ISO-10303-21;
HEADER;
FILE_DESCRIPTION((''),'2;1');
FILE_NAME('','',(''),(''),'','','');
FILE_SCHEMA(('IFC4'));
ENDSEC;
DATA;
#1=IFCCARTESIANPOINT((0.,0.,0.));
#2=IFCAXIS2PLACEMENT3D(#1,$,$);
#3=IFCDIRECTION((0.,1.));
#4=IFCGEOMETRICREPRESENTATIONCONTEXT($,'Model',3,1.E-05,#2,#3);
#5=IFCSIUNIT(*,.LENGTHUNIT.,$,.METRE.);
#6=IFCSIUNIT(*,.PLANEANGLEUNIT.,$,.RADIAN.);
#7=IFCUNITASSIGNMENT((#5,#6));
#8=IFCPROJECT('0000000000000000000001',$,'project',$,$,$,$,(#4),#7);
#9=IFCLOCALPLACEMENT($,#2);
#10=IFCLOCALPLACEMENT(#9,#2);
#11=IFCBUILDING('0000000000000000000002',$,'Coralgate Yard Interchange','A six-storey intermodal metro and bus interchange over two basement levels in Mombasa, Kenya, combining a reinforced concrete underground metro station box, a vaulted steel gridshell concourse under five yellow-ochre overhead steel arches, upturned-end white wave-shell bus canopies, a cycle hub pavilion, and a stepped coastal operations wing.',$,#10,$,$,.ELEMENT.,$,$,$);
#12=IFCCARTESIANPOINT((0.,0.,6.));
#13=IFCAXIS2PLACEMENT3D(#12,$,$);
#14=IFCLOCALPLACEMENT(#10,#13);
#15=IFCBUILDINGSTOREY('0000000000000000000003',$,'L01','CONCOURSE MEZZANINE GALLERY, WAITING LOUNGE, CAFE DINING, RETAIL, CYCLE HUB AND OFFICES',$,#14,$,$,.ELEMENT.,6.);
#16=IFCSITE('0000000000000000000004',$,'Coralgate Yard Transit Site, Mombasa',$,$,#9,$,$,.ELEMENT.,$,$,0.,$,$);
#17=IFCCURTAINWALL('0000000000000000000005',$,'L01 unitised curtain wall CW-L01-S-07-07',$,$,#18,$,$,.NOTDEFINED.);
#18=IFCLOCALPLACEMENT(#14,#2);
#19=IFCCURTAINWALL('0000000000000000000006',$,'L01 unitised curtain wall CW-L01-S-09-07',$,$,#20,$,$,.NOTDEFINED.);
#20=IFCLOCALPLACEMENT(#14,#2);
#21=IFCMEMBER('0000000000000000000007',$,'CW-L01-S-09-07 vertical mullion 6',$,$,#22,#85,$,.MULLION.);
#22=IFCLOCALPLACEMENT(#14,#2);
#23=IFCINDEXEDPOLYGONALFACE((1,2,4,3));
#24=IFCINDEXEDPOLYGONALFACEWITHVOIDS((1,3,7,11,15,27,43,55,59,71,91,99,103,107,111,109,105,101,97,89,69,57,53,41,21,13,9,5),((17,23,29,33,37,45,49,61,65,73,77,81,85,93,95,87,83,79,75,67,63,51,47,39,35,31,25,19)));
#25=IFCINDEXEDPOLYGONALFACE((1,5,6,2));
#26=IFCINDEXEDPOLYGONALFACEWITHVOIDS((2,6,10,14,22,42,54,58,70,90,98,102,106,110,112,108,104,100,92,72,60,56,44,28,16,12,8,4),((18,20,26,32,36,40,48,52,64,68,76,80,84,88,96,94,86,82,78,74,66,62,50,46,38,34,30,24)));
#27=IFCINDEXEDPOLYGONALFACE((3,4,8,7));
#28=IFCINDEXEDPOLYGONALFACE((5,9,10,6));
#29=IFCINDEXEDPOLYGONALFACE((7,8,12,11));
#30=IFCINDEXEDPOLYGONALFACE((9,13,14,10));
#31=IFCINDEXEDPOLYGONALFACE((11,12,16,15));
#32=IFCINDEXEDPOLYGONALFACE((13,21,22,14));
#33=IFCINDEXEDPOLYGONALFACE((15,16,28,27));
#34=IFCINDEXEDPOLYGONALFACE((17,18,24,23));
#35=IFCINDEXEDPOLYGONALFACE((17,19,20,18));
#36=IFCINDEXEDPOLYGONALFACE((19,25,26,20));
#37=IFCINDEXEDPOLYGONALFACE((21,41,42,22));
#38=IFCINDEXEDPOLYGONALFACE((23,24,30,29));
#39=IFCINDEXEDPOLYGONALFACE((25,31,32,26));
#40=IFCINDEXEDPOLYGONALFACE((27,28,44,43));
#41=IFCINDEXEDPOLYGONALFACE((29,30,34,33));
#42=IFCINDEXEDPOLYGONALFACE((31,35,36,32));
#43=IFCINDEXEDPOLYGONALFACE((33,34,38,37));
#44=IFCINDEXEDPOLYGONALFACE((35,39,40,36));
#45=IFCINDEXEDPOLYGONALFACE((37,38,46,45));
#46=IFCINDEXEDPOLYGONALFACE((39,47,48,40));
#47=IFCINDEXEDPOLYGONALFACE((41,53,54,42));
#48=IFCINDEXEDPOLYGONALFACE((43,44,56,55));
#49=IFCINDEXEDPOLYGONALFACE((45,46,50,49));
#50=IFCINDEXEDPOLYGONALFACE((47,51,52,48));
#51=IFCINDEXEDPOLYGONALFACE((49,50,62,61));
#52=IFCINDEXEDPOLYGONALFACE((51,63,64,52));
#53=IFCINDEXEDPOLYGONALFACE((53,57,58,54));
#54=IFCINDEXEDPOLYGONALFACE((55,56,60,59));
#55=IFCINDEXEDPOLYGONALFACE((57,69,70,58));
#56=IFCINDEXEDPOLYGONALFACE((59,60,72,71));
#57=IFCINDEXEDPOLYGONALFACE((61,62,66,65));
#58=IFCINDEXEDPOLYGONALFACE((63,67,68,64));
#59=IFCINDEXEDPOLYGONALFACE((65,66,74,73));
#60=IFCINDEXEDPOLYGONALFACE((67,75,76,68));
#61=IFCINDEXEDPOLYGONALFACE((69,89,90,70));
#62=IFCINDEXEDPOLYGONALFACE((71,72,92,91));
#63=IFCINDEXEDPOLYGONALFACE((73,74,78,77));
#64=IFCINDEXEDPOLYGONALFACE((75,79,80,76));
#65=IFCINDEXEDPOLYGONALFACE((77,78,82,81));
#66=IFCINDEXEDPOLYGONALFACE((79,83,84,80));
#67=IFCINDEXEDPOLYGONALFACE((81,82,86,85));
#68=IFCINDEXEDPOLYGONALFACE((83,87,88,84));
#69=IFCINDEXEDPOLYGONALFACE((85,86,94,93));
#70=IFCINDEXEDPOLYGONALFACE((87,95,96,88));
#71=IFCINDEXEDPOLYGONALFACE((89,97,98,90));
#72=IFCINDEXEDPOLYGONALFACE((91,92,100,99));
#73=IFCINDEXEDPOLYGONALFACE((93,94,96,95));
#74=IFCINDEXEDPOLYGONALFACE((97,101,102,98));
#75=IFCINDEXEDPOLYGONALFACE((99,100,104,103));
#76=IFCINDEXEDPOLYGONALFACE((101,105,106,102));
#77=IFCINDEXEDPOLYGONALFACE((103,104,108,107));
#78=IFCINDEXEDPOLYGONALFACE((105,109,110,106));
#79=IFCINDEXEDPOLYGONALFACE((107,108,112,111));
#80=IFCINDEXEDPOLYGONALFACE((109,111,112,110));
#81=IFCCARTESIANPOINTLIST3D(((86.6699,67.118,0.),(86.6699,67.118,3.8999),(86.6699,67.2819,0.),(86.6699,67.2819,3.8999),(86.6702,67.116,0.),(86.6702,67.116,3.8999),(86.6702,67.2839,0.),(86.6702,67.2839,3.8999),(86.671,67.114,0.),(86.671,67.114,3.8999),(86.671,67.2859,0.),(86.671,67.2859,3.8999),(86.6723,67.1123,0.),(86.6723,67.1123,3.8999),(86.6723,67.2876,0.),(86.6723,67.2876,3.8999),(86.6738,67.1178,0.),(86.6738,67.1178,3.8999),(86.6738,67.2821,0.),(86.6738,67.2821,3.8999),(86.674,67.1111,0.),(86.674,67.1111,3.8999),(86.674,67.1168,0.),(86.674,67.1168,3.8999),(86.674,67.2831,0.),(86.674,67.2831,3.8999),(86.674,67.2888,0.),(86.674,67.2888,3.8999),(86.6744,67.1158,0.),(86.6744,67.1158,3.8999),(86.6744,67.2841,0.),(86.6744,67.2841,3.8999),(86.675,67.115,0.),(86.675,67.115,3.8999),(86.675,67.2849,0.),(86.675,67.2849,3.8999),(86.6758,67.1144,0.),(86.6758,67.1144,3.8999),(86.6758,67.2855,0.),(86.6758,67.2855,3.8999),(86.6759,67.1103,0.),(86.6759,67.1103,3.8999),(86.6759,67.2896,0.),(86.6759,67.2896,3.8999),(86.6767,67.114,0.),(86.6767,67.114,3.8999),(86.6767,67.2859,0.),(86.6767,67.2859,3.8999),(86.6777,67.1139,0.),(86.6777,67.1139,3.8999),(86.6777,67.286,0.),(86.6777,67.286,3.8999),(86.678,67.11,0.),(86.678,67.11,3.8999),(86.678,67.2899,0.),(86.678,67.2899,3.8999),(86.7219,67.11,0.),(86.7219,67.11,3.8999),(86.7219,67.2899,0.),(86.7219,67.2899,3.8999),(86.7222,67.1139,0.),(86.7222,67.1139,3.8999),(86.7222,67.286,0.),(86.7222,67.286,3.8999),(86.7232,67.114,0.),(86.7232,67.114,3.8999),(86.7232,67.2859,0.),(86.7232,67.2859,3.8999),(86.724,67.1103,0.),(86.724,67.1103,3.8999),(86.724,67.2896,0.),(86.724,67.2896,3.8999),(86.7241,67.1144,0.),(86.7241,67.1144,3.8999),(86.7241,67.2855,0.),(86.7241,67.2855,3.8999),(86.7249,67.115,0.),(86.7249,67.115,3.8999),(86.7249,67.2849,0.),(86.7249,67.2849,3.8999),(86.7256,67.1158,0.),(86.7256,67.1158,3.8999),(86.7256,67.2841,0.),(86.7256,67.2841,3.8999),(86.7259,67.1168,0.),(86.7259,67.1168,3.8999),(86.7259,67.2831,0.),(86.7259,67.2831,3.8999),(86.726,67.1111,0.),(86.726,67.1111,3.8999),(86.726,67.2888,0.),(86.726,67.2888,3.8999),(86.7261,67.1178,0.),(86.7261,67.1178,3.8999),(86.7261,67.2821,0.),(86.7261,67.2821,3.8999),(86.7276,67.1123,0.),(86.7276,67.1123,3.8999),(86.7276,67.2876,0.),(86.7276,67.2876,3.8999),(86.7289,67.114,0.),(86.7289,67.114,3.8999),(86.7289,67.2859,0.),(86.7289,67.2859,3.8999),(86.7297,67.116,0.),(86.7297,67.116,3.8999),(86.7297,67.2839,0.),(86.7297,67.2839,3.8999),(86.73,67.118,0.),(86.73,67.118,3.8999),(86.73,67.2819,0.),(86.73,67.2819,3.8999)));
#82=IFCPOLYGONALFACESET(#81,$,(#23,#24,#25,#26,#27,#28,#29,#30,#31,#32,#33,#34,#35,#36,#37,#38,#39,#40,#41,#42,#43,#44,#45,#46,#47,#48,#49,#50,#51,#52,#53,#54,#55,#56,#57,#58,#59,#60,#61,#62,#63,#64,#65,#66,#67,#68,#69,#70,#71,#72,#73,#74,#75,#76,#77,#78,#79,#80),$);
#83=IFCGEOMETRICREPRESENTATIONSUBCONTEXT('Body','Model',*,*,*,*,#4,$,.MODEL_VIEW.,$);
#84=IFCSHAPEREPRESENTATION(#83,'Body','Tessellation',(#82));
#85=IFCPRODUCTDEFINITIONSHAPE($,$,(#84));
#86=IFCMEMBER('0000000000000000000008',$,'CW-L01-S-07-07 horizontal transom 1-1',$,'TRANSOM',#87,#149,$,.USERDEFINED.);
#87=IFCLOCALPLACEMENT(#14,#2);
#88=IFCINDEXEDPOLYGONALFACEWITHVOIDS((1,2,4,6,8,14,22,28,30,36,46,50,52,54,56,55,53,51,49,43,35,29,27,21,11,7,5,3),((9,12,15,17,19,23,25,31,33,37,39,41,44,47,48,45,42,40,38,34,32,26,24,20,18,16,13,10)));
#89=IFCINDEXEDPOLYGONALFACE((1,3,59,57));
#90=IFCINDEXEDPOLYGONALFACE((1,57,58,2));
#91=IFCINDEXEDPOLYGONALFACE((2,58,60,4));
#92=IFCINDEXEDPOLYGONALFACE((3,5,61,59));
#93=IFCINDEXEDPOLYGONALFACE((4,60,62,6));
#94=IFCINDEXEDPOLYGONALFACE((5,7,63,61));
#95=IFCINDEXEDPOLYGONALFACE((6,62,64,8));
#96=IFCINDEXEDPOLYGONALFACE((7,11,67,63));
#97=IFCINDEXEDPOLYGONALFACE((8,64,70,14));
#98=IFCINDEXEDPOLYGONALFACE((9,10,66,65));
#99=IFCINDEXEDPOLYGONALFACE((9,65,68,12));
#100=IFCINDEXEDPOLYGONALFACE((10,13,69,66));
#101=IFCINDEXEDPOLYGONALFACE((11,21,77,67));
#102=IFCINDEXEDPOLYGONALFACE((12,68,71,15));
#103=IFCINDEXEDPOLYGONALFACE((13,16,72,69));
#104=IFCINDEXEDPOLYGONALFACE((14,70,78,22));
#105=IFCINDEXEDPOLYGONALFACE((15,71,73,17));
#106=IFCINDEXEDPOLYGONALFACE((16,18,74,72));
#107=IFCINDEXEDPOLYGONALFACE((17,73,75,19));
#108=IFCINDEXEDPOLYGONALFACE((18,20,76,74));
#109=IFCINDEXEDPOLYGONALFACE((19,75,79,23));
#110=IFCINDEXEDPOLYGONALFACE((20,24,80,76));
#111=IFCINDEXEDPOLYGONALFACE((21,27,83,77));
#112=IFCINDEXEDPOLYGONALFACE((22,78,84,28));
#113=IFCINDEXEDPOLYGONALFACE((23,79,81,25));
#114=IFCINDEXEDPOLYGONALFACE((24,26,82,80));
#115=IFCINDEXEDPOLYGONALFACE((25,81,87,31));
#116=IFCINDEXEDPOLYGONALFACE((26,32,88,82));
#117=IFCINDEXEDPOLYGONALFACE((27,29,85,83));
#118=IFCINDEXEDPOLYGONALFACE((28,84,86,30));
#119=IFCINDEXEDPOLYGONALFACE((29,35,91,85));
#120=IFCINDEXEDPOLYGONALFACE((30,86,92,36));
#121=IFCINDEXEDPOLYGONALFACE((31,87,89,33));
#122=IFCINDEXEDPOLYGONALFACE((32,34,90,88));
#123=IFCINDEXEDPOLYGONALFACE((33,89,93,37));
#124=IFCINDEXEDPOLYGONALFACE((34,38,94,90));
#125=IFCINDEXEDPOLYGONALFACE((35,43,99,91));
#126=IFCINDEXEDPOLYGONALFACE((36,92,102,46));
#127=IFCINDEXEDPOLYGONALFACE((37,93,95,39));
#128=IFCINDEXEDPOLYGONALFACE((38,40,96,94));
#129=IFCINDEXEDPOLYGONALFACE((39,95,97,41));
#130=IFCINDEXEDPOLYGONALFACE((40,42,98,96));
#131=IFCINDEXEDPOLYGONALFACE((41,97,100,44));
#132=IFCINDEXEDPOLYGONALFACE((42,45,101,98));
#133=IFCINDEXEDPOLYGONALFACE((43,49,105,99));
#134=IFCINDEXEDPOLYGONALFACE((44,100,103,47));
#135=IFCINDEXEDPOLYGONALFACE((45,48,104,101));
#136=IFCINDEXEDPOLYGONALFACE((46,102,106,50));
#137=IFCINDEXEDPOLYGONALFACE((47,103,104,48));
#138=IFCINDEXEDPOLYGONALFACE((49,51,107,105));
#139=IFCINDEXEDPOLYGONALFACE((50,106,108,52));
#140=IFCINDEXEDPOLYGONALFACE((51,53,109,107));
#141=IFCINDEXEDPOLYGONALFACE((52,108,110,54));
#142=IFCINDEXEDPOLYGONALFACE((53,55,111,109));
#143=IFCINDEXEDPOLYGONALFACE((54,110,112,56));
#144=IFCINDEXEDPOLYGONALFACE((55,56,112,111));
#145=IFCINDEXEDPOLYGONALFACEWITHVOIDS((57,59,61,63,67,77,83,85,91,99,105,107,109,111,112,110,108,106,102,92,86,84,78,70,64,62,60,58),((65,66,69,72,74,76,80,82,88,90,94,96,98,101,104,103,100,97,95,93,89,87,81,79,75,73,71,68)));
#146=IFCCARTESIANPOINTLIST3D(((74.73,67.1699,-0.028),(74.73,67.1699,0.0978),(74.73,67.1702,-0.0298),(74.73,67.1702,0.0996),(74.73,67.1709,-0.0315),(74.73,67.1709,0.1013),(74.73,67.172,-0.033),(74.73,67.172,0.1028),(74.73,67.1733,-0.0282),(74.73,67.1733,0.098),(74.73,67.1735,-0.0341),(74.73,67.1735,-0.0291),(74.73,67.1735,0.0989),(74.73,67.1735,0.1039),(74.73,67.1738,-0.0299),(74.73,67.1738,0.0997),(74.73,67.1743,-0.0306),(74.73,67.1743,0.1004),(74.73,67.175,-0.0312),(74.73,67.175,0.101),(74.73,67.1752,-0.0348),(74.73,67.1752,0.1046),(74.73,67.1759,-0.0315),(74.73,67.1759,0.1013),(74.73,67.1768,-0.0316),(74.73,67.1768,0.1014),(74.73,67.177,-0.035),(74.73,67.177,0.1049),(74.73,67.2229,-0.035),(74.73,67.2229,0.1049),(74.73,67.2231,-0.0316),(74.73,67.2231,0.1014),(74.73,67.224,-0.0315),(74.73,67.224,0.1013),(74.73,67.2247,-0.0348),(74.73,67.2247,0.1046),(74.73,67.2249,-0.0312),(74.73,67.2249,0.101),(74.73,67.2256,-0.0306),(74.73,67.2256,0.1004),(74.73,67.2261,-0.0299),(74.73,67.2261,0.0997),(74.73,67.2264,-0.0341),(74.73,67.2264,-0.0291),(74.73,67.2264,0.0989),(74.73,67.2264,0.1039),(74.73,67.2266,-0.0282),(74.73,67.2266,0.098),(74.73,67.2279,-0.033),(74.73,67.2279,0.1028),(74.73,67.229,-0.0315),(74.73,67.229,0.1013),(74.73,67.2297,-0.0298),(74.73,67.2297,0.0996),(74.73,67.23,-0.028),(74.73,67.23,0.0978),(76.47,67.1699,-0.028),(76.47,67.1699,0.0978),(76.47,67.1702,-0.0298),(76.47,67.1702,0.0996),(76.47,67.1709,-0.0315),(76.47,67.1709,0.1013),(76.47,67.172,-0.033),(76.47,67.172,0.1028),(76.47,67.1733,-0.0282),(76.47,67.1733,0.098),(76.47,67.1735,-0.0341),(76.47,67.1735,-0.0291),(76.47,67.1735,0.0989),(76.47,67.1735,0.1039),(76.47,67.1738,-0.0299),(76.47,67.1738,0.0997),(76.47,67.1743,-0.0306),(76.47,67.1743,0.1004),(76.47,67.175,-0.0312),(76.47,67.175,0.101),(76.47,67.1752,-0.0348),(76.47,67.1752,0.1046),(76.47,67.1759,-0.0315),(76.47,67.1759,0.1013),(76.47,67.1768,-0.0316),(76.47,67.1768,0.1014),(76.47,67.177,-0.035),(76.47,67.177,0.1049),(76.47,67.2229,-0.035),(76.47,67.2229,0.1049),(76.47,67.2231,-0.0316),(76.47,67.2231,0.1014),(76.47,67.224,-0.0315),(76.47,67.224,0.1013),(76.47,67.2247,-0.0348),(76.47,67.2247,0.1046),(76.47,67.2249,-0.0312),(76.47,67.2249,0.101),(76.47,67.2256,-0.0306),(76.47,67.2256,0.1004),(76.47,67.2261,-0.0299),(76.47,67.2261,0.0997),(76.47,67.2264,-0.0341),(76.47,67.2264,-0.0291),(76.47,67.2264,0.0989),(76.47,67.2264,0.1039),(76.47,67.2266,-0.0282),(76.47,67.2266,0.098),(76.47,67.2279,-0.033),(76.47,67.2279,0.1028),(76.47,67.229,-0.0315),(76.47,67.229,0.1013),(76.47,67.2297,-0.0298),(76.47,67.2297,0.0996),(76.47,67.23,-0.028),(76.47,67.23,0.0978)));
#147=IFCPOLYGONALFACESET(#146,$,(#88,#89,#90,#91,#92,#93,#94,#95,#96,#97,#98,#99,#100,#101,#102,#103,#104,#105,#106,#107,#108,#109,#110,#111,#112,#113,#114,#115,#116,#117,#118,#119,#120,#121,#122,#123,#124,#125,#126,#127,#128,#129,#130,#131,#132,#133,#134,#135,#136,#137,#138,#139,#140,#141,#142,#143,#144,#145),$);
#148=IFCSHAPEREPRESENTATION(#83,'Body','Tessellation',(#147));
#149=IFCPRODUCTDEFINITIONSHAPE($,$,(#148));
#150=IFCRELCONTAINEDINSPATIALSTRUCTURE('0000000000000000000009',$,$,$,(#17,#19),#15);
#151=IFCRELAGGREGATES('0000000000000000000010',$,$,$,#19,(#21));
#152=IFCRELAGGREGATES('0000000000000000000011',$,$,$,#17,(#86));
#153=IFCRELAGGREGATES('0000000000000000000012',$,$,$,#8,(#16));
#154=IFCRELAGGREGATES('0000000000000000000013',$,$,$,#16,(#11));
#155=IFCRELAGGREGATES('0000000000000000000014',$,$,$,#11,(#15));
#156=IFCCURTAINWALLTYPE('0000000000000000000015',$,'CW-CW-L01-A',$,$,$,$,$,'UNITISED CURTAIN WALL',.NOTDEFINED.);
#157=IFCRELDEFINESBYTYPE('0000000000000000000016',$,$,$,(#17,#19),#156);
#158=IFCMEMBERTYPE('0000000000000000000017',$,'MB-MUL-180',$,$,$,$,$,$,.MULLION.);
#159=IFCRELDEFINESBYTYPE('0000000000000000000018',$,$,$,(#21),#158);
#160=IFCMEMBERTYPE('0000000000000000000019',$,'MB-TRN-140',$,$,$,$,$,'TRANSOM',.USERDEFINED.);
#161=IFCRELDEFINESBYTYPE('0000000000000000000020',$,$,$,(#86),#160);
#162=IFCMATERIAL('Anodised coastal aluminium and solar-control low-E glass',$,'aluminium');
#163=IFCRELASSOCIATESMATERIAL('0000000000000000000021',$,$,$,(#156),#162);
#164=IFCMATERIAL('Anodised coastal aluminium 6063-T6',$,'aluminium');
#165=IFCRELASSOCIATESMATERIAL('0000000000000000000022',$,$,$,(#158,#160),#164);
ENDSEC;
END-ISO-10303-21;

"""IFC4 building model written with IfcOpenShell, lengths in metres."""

from ifc_helpers import new_model, si_unit, direction, frame, origin, origin_2d, place, context, subcontext, project, spatial, hollow_rectangle, extrude, material, material_profile, profile_set, type_object, element, aggregate, save


model = new_model("IFC4")

# Units and contexts
model_context = context("Model", 3, precision=1e-05, world=origin(), true_north=direction((0.0, 1.0)))
body_context = subcontext(model_context, "Body", "Model", "MODEL_VIEW")
ifc_project = project(units=[si_unit("LENGTHUNIT", "METRE"), si_unit("PLANEANGLEUNIT", "RADIAN")], contexts=[model_context])

# Site, building, storey
site_placement = place(None, origin())
site = spatial("IfcSite", under=ifc_project, at=site_placement, Name="Coralgate Yard Transit Site, Mombasa", CompositionType="ELEMENT", RefElevation=0.0)
building_placement = place(site_placement, origin())
building = spatial("IfcBuilding", under=site, at=building_placement, Name="Coralgate Yard Interchange", Description="A six-storey intermodal metro and bus interchange over two basement levels in Mombasa, Kenya, combining a reinforced concrete underground metro station box, a vaulted steel gridshell concourse under five yellow-ochre overhead steel arches, upturned-end white wave-shell bus canopies, a cycle hub pavilion, and a stepped coastal operations wing.", CompositionType="ELEMENT")
storey_placement = place(building_placement, frame((0.0, 0.0, 6.0)))
storey = spatial("IfcBuildingStorey", under=building, at=storey_placement, Name="L01", Description="CONCOURSE MEZZANINE GALLERY, WAITING LOUNGE, CAFE DINING, RETAIL, CYCLE HUB AND OFFICES", CompositionType="ELEMENT", Elevation=6.0)

# Curtain wall
ifc_material_1 = material(Name="Anodised coastal aluminium and solar-control low-E glass", Category="aluminium")
curtain_wall_type = type_object("IfcCurtainWallType", Name="CW-CW-L01-A", ElementType="UNITISED CURTAIN WALL", PredefinedType="NOTDEFINED", material=ifc_material_1)
curtain_wall_1_placement = place(storey_placement, origin())
curtain_wall_1 = element("IfcCurtainWall", 1, at=curtain_wall_1_placement, inside=storey, type_object=curtain_wall_type, Name="L01 unitised curtain wall CW-L01-S-07-07", PredefinedType="NOTDEFINED")
ifc_material_2 = material(Name="Anodised coastal aluminium 6063-T6", Category="aluminium")
ifc_material_profile_1 = material_profile(ifc_material_2, hollow_rectangle(XDim=0.0601, YDim=0.1799, WallThickness=0.0039, InnerFilletRadius=0.0039, OuterFilletRadius=0.0081, at=origin_2d()), Name="ALU 60x180x4")
ifc_profile_set_1 = profile_set([ifc_material_profile_1], Name="Anodised coastal aluminium 6063-T6")
member_type_1 = type_object("IfcMemberType", Name="MB-MUL-180", PredefinedType="MULLION", material=ifc_profile_set_1)

# Curtain wall, member
curtain_wall_2_placement = place(storey_placement, origin())
curtain_wall_2 = element("IfcCurtainWall", 2, at=curtain_wall_2_placement, inside=storey, type_object=curtain_wall_type, Name="L01 unitised curtain wall CW-L01-S-09-07", PredefinedType="NOTDEFINED")
member_1_placement = place(storey_placement, frame((86.7, 67.2, 0.0), z_axis=(0.0, 0.0, 1.0), x_axis=(1.0, 0.0, 0.0)))
member_1 = element("IfcMember", 3, at=member_1_placement, type_object=member_type_1, Name="CW-L01-S-09-07 vertical mullion 6", PredefinedType="MULLION", context=body_context, shape_type="SweptSolid", body=[
    extrude(hollow_rectangle(XDim=0.0601, YDim=0.1799, WallThickness=0.0039, InnerFilletRadius=0.0039, OuterFilletRadius=0.0081, at=origin_2d()), origin(), (0.0, 0.0, 1.0), 3.8999),
])
aggregate(curtain_wall_2, [member_1])

# Member
ifc_material_profile_2 = material_profile(ifc_material_2, hollow_rectangle(XDim=0.0601, YDim=0.1399, WallThickness=0.0034, InnerFilletRadius=0.0034, OuterFilletRadius=0.0071, at=origin_2d()), Name="ALU 60x140x3.5")
ifc_profile_set_2 = profile_set([ifc_material_profile_2], Name="Anodised coastal aluminium 6063-T6")
member_type_2 = type_object("IfcMemberType", Name="MB-TRN-140", ElementType="TRANSOM", PredefinedType="USERDEFINED", material=ifc_profile_set_2)
member_2_placement = place(storey_placement, frame((76.47, 67.2, 0.0349), z_axis=(-1.0, 0.0, 0.0), x_axis=(0.0, -1.0, 0.0)))
member_2 = element("IfcMember", 4, at=member_2_placement, type_object=member_type_2, Name="CW-L01-S-07-07 horizontal transom 1-1", ObjectType="TRANSOM", PredefinedType="USERDEFINED", context=body_context, shape_type="SweptSolid", body=[
    extrude(hollow_rectangle(XDim=0.0601, YDim=0.1399, WallThickness=0.0034, InnerFilletRadius=0.0034, OuterFilletRadius=0.0071, at=origin_2d()), origin(), (0.0, 0.0, 1.0), 1.74),
])

aggregate(curtain_wall_1, [member_2])

save(model, "model.ifc")
